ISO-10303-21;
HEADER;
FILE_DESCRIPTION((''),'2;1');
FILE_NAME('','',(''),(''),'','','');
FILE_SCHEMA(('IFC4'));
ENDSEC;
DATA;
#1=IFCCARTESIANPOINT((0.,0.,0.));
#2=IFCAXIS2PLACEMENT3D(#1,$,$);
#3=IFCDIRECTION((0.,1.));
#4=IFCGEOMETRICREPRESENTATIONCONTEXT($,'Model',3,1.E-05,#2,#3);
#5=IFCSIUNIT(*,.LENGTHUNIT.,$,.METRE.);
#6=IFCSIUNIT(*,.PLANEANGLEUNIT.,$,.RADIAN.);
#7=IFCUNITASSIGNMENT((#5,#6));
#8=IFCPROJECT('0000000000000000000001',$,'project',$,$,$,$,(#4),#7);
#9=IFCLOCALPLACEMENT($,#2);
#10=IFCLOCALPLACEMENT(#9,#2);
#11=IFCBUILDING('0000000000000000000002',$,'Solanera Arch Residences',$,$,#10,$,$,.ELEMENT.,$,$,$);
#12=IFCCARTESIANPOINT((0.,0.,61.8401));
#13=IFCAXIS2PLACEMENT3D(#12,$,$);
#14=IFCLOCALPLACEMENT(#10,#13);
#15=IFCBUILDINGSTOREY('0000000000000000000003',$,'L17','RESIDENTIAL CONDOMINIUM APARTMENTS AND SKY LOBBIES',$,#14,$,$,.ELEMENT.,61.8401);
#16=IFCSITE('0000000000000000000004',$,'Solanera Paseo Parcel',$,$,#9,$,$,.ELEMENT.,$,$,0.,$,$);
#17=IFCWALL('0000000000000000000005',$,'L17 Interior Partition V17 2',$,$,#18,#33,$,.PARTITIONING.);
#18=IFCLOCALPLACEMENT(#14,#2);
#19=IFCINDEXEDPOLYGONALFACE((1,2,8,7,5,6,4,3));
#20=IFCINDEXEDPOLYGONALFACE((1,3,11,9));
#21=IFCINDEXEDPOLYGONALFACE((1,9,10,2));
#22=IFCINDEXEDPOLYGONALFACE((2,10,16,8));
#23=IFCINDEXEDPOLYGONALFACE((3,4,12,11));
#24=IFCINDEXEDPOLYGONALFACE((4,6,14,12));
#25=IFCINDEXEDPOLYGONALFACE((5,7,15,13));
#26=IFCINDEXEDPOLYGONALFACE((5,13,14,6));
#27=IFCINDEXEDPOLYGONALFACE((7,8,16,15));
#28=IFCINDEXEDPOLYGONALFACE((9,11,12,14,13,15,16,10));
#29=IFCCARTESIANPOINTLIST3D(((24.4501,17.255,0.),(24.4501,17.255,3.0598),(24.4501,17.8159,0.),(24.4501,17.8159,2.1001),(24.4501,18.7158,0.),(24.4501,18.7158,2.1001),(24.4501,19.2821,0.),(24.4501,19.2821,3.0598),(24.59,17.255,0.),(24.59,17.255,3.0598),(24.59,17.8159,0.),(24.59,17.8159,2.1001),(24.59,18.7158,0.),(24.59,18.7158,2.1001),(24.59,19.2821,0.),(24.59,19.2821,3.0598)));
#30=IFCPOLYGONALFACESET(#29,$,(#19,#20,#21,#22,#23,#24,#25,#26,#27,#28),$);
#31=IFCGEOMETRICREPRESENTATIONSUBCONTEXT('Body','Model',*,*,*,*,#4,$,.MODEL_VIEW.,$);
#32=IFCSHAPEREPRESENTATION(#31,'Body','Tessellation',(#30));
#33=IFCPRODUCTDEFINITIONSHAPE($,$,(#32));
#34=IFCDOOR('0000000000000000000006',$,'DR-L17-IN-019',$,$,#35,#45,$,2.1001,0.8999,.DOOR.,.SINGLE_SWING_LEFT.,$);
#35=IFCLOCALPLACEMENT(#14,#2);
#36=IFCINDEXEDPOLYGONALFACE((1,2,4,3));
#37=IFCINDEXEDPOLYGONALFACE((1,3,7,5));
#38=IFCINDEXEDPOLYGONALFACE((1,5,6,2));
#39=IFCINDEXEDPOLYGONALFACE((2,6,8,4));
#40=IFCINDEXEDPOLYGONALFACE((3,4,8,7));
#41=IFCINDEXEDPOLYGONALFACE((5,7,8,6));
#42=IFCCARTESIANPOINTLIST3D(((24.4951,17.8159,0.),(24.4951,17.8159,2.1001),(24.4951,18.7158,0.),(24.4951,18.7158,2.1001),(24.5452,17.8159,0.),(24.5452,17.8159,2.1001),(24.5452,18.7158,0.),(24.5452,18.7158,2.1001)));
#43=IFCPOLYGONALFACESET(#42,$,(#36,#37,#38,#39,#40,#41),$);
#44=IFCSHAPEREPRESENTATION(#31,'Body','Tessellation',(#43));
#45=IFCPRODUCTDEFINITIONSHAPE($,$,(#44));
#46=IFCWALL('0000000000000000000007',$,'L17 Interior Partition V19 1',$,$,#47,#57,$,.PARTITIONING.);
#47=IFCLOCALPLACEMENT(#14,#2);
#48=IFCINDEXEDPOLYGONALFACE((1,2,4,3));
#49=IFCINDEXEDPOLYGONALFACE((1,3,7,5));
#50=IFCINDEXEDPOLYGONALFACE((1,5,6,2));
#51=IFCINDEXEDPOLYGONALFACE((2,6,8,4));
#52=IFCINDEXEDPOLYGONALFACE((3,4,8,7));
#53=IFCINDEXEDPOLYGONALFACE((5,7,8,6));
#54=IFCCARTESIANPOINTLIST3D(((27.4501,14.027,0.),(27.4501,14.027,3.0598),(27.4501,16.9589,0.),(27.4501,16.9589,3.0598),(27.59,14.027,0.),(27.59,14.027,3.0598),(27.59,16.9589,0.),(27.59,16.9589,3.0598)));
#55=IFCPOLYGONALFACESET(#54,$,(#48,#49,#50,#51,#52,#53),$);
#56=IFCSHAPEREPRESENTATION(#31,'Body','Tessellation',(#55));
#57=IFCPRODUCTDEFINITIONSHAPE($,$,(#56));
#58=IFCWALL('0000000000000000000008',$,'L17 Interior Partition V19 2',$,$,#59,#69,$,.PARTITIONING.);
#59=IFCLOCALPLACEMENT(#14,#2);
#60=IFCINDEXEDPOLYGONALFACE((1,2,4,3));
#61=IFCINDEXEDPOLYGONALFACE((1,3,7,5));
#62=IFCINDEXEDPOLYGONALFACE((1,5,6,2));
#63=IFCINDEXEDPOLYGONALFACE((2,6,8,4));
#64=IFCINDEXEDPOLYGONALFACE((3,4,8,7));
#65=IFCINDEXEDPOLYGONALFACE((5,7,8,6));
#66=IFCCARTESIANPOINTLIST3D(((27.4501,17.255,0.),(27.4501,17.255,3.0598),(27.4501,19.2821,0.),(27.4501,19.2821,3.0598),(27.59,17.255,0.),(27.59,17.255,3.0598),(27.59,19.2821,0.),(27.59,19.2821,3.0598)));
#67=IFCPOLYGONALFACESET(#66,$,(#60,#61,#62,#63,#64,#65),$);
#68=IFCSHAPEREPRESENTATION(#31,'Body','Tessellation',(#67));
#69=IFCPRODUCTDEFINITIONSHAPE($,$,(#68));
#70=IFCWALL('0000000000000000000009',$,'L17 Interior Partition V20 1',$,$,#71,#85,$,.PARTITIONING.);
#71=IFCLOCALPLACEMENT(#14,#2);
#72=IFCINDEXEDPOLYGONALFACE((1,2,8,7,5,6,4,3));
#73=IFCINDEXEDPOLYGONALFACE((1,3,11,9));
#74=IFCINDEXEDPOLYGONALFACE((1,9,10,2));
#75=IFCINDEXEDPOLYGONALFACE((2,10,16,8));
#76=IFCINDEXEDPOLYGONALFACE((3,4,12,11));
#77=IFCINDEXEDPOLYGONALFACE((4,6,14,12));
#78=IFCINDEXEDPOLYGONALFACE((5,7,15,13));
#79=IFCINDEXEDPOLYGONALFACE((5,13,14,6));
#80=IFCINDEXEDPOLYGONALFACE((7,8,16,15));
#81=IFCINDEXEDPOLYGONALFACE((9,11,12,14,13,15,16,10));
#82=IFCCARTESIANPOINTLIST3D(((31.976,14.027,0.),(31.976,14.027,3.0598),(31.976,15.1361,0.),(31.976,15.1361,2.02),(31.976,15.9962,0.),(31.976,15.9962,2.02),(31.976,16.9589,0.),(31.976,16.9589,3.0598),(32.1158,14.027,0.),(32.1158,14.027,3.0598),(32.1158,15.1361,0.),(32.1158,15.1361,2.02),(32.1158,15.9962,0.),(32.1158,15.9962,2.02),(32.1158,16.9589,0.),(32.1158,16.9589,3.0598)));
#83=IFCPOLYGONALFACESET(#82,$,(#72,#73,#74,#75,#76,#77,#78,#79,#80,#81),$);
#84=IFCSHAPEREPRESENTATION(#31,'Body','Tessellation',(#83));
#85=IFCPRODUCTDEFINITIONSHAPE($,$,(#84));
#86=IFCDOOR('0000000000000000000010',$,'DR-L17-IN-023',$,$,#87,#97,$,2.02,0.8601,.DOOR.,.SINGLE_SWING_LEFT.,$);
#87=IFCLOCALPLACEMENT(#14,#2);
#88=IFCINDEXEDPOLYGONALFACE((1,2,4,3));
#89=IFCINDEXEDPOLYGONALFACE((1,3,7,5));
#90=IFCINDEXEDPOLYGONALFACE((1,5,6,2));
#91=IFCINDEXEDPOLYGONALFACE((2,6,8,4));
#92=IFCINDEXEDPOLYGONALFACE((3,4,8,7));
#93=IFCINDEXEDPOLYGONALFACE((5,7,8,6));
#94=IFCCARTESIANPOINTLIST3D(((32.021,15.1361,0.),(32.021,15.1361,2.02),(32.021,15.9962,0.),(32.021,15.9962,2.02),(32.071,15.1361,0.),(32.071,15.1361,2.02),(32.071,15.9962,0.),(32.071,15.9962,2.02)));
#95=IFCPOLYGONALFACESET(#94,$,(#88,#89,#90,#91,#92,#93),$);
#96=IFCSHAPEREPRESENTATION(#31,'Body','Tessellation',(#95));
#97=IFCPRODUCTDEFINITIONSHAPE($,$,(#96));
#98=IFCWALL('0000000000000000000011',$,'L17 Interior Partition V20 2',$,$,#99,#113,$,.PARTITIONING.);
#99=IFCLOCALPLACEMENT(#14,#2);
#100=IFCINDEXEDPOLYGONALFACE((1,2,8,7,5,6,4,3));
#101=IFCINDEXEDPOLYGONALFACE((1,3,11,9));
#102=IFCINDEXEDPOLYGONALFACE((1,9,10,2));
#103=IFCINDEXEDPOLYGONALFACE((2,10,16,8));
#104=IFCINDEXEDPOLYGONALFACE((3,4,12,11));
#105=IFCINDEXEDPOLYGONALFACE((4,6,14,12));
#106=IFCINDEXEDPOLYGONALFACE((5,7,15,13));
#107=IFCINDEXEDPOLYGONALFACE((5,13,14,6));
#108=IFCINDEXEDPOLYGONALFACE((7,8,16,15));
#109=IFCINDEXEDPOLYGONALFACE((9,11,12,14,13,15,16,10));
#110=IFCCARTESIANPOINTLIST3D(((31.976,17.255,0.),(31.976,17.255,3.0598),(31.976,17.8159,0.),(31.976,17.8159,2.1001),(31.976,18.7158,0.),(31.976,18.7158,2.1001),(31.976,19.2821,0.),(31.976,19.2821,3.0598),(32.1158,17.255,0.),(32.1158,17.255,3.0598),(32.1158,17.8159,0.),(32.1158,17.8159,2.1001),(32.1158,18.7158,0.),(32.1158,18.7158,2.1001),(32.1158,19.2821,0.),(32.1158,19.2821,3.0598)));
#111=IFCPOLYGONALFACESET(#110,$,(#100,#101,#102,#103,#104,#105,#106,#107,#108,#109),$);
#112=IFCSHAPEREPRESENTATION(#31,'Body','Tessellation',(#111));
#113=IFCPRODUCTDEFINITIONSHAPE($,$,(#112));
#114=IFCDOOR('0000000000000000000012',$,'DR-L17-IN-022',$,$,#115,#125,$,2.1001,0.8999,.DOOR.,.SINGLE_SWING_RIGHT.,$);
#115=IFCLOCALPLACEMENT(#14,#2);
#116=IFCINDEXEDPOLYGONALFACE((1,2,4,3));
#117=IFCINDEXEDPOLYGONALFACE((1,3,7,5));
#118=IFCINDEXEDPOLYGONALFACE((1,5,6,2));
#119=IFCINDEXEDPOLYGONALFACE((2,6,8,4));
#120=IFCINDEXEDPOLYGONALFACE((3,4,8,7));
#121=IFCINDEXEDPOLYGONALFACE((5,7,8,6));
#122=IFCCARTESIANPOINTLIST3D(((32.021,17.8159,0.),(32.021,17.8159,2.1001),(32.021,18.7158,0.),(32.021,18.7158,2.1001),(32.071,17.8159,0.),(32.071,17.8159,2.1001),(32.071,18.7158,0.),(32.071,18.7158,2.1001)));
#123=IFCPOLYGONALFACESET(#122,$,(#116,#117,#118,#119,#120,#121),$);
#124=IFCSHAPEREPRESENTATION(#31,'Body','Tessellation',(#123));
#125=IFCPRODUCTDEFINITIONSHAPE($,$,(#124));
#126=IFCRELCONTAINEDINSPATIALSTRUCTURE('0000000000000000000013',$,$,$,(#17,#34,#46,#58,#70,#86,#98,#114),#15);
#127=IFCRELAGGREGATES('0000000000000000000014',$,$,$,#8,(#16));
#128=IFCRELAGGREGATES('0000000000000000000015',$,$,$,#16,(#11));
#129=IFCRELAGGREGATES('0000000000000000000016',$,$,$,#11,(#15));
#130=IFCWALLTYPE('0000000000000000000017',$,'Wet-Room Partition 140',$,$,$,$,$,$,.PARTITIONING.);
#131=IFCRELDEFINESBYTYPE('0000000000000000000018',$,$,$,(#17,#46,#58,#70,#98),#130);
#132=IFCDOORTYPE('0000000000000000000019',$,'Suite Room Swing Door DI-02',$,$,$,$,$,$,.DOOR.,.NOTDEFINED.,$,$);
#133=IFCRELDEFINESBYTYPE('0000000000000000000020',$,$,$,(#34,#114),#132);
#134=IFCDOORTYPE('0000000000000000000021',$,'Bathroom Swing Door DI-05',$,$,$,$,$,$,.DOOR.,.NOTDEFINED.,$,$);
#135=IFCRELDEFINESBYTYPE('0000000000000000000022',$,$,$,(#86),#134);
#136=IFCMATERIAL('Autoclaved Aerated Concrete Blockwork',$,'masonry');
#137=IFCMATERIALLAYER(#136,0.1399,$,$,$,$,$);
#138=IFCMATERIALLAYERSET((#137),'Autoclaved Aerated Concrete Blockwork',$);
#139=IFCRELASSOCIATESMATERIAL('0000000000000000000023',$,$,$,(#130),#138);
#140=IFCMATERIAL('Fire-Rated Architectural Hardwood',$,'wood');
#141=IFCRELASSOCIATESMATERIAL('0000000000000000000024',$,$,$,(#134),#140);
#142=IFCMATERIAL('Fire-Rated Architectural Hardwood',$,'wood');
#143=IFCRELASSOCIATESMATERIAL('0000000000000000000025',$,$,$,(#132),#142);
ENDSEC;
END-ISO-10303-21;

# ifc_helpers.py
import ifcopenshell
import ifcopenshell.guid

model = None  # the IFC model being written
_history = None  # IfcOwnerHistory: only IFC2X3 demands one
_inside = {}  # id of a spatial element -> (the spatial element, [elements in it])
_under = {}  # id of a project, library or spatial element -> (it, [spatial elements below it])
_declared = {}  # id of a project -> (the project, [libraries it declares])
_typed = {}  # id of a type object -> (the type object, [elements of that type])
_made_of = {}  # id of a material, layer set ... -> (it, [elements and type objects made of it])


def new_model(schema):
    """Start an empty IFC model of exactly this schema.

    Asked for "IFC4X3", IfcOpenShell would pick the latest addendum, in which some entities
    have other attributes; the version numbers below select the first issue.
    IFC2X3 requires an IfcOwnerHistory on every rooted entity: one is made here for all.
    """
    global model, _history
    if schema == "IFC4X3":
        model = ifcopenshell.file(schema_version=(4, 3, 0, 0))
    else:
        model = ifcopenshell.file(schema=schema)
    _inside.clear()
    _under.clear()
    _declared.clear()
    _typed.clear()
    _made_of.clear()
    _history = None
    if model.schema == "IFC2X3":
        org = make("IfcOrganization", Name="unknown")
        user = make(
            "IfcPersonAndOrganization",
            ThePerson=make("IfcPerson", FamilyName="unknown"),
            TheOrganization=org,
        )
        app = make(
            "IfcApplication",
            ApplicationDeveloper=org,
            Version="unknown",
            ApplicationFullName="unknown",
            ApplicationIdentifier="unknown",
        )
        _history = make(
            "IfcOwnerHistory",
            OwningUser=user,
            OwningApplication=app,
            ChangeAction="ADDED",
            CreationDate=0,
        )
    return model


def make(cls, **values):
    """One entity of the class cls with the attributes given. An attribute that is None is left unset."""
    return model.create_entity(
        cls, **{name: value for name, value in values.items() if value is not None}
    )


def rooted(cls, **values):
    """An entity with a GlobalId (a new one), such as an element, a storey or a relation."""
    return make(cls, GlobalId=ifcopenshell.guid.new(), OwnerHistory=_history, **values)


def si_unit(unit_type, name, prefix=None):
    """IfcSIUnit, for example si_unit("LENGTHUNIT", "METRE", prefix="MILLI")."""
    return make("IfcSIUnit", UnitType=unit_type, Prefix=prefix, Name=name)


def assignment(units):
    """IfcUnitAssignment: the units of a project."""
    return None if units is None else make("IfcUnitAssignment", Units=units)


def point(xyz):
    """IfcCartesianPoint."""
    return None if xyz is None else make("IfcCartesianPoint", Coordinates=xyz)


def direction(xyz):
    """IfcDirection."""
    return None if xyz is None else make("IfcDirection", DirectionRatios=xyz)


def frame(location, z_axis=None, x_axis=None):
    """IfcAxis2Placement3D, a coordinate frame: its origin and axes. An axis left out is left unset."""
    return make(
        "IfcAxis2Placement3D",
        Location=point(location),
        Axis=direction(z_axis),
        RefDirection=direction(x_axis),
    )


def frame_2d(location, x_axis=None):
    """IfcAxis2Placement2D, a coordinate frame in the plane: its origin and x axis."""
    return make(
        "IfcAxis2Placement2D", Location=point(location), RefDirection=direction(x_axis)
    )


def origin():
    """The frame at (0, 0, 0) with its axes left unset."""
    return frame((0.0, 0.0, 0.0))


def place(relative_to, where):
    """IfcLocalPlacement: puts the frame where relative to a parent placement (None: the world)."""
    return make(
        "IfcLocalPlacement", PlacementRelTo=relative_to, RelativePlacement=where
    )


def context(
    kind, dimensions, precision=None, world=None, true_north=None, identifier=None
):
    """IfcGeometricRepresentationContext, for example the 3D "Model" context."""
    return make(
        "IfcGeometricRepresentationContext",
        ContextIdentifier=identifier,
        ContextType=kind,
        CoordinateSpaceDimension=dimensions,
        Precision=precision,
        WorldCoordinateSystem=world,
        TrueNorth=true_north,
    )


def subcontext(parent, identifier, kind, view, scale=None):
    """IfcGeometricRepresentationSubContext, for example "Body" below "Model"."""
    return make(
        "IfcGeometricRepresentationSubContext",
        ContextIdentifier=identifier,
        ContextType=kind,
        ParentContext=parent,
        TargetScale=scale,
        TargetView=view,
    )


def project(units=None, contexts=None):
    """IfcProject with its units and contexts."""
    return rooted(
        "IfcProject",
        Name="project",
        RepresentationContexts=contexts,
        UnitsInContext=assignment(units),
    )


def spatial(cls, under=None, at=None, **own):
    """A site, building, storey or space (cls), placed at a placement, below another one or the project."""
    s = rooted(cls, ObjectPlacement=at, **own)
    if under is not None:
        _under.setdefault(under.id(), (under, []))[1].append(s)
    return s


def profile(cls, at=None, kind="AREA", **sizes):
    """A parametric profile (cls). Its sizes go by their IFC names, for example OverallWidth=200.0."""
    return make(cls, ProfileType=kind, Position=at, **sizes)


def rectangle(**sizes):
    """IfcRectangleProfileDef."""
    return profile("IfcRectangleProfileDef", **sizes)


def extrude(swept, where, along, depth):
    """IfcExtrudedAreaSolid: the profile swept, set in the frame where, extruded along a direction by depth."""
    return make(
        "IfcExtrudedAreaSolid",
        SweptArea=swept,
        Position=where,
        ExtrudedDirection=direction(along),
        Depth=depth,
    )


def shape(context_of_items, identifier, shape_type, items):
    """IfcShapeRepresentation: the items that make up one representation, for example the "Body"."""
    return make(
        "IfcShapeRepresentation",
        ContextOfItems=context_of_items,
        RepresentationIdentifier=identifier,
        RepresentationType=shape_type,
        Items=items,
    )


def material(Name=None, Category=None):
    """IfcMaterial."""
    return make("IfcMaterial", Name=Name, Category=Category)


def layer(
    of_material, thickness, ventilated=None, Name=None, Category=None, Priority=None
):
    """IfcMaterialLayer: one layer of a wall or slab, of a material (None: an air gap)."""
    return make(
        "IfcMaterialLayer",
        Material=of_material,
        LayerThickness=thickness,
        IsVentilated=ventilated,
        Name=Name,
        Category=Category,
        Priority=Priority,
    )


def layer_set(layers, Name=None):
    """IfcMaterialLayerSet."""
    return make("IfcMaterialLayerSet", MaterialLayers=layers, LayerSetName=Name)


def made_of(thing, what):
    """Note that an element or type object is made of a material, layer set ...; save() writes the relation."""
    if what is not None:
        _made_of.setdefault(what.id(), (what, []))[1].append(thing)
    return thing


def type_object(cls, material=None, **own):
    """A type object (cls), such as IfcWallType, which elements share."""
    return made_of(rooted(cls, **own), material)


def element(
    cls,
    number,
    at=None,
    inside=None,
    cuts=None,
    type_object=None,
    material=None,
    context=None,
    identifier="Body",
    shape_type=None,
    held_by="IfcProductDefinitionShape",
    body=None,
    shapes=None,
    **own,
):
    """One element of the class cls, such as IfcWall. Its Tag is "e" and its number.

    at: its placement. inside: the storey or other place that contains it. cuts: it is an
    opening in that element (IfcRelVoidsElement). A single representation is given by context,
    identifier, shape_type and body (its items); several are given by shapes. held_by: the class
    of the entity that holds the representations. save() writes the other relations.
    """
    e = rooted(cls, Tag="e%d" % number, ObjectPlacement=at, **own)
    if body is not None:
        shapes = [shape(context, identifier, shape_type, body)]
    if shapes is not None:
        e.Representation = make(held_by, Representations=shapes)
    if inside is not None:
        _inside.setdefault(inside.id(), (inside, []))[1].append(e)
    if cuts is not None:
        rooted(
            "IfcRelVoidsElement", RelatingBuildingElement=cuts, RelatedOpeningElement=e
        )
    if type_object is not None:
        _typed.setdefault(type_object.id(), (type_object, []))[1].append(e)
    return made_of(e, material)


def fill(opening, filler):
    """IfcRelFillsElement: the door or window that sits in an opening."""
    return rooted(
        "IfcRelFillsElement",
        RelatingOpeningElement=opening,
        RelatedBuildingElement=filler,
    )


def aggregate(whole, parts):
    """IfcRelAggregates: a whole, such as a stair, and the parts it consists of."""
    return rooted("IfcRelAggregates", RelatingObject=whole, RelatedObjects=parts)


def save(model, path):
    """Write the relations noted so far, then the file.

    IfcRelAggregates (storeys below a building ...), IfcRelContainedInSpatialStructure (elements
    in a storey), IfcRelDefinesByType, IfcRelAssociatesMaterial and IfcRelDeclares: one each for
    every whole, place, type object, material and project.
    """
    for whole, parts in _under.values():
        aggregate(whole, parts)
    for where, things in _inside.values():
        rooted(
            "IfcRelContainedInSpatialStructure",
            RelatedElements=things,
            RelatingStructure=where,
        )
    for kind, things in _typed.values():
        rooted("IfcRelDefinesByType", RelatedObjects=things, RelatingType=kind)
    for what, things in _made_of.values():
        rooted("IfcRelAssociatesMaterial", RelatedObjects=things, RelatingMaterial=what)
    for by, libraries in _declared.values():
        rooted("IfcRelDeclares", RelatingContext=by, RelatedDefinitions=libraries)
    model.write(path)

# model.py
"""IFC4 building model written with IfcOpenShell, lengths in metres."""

from ifc_helpers import new_model, si_unit, direction, frame, frame_2d, origin, place, context, subcontext, project, spatial, rectangle, extrude, material, layer, layer_set, type_object, element, fill, save


model = new_model("IFC4")

# Units and contexts
model_context = context("Model", 3, precision=1e-05, world=origin(), true_north=direction((0.0, 1.0)))
body_context = subcontext(model_context, "Body", "Model", "MODEL_VIEW")
ifc_project = project(units=[si_unit("LENGTHUNIT", "METRE"), si_unit("PLANEANGLEUNIT", "RADIAN")], contexts=[model_context])

# Site, building, storey
site_placement = place(None, origin())
site = spatial("IfcSite", under=ifc_project, at=site_placement, Name="Solanera Paseo Parcel", CompositionType="ELEMENT", RefElevation=0.0)
building_placement = place(site_placement, origin())
building = spatial("IfcBuilding", under=site, at=building_placement, Name="Solanera Arch Residences", CompositionType="ELEMENT")
storey_placement = place(building_placement, frame((0.0, 0.0, 61.8401)))
storey = spatial("IfcBuildingStorey", under=building, at=storey_placement, Name="L17", Description="RESIDENTIAL CONDOMINIUM APARTMENTS AND SKY LOBBIES", CompositionType="ELEMENT", Elevation=61.8401)

# Shared definitions
ifc_material_1 = material(Name="Autoclaved Aerated Concrete Blockwork", Category="masonry")
ifc_layer_1 = layer(ifc_material_1, 0.1399)
ifc_layer_set_1 = layer_set([ifc_layer_1], Name="Autoclaved Aerated Concrete Blockwork")
wall_type_1 = type_object("IfcWallType", Name="Wet-Room Partition 140", PredefinedType="PARTITIONING", material=ifc_layer_set_1)

# Wall, opening, door
ifc_material_2 = material(Name="Fire-Rated Architectural Hardwood", Category="wood")
door_type_1 = type_object("IfcDoorType", Name="Bathroom Swing Door DI-05", OperationType="NOTDEFINED", PredefinedType="DOOR", material=ifc_material_2)
wall_1_placement = place(storey_placement, frame((24.52, 17.2549, 0.0), z_axis=(0.0, 0.0, 1.0), x_axis=(0.0, 1.0, 0.0)))
wall_1 = element("IfcWall", 1, at=wall_1_placement, inside=storey, type_object=wall_type_1, Name="L17 Interior Partition V17 2", PredefinedType="PARTITIONING", context=body_context, shape_type="SweptSolid", body=[
    extrude(rectangle(XDim=2.0271, YDim=0.1399, at=frame_2d((1.0137, 0.0))), origin(), (0.0, 0.0, 1.0), 3.0598),
])
opening_1_placement = place(wall_1_placement, frame((0.561, 0.0, 0.0)))
opening_1 = element("IfcOpeningElement", 2, at=opening_1_placement, cuts=wall_1, PredefinedType="OPENING", context=body_context, shape_type="SweptSolid", body=[
    extrude(rectangle(XDim=0.8999, YDim=2.1001, at=frame_2d((0.45, 1.05))), frame((0.0, 0.0798, 0.0), z_axis=(0.0, -1.0, 0.0), x_axis=(1.0, 0.0, 0.0)), (0.0, 0.0, 1.0), 0.1599),
])
ifc_material_3 = material(Name="Fire-Rated Architectural Hardwood", Category="wood")
door_type_2 = type_object("IfcDoorType", Name="Suite Room Swing Door DI-02", OperationType="NOTDEFINED", PredefinedType="DOOR", material=ifc_material_3)
door_1_placement = place(opening_1_placement, origin())
door_1 = element("IfcDoor", 3, at=door_1_placement, inside=storey, type_object=door_type_2, Name="DR-L17-IN-019", OperationType="SINGLE_SWING_LEFT", OverallHeight=2.1001, OverallWidth=0.8999, PredefinedType="DOOR", context=body_context, shape_type="SweptSolid", body=[
    extrude(rectangle(XDim=0.8999, YDim=2.1001, at=frame_2d((0.45, 1.05))), frame((0.0, 0.0249, 0.0), z_axis=(0.0, -1.0, 0.0), x_axis=(1.0, 0.0, 0.0)), (0.0, 0.0, 1.0), 0.05),
])
fill(opening_1, door_1)

# Walls
wall_2_placement = place(storey_placement, frame((27.52, 14.0271, 0.0), z_axis=(0.0, 0.0, 1.0), x_axis=(0.0, 1.0, 0.0)))
element("IfcWall", 4, at=wall_2_placement, inside=storey, type_object=wall_type_1, Name="L17 Interior Partition V19 1", PredefinedType="PARTITIONING", context=body_context, shape_type="SweptSolid", body=[
    extrude(rectangle(XDim=2.9319, YDim=0.1399, at=frame_2d((1.4658, 0.0))), origin(), (0.0, 0.0, 1.0), 3.0598),
])
wall_3_placement = place(storey_placement, frame((27.52, 17.2549, 0.0), z_axis=(0.0, 0.0, 1.0), x_axis=(0.0, 1.0, 0.0)))
element("IfcWall", 5, at=wall_3_placement, inside=storey, type_object=wall_type_1, Name="L17 Interior Partition V19 2", PredefinedType="PARTITIONING", context=body_context, shape_type="SweptSolid", body=[
    extrude(rectangle(XDim=2.0271, YDim=0.1399, at=frame_2d((1.0137, 0.0))), origin(), (0.0, 0.0, 1.0), 3.0598),
])

# Walls, openings, doors
wall_4_placement = place(storey_placement, frame((32.0459, 14.0271, 0.0), z_axis=(0.0, 0.0, 1.0), x_axis=(0.0, 1.0, 0.0)))
wall_4 = element("IfcWall", 6, at=wall_4_placement, inside=storey, type_object=wall_type_1, Name="L17 Interior Partition V20 1", PredefinedType="PARTITIONING", context=body_context, shape_type="SweptSolid", body=[
    extrude(rectangle(XDim=2.9319, YDim=0.1399, at=frame_2d((1.4658, 0.0))), origin(), (0.0, 0.0, 1.0), 3.0598),
])
opening_2_placement = place(wall_4_placement, frame((1.1089, 0.0, 0.0)))
opening_2 = element("IfcOpeningElement", 7, at=opening_2_placement, cuts=wall_4, PredefinedType="OPENING", context=body_context, shape_type="SweptSolid", body=[
    extrude(rectangle(XDim=0.8601, YDim=2.02, at=frame_2d((0.4302, 1.01))), frame((0.0, 0.0798, 0.0), z_axis=(0.0, -1.0, 0.0), x_axis=(1.0, 0.0, 0.0)), (0.0, 0.0, 1.0), 0.1599),
])
door_2_placement = place(opening_2_placement, origin())
door_2 = element("IfcDoor", 8, at=door_2_placement, inside=storey, type_object=door_type_1, Name="DR-L17-IN-023", OperationType="SINGLE_SWING_LEFT", OverallHeight=2.02, OverallWidth=0.8601, PredefinedType="DOOR", context=body_context, shape_type="SweptSolid", body=[
    extrude(rectangle(XDim=0.8601, YDim=2.02, at=frame_2d((0.4302, 1.01))), frame((0.0, 0.0249, 0.0), z_axis=(0.0, -1.0, 0.0), x_axis=(1.0, 0.0, 0.0)), (0.0, 0.0, 1.0), 0.05),
])
fill(opening_2, door_2)
wall_5_placement = place(storey_placement, frame((32.0459, 17.2549, 0.0), z_axis=(0.0, 0.0, 1.0), x_axis=(0.0, 1.0, 0.0)))
wall_5 = element("IfcWall", 9, at=wall_5_placement, inside=storey, type_object=wall_type_1, Name="L17 Interior Partition V20 2", PredefinedType="PARTITIONING", context=body_context, shape_type="SweptSolid", body=[
    extrude(rectangle(XDim=2.0271, YDim=0.1399, at=frame_2d((1.0137, 0.0))), origin(), (0.0, 0.0, 1.0), 3.0598),
])
opening_3_placement = place(wall_5_placement, frame((0.561, 0.0, 0.0)))
opening_3 = element("IfcOpeningElement", 10, at=opening_3_placement, cuts=wall_5, PredefinedType="OPENING", context=body_context, shape_type="SweptSolid", body=[
    extrude(rectangle(XDim=0.8999, YDim=2.1001, at=frame_2d((0.45, 1.05))), frame((0.0, 0.0798, 0.0), z_axis=(0.0, -1.0, 0.0), x_axis=(1.0, 0.0, 0.0)), (0.0, 0.0, 1.0), 0.1599),
])
door_3_placement = place(opening_3_placement, origin())
door_3 = element("IfcDoor", 11, at=door_3_placement, inside=storey, type_object=door_type_2, Name="DR-L17-IN-022", OperationType="SINGLE_SWING_RIGHT", OverallHeight=2.1001, OverallWidth=0.8999, PredefinedType="DOOR", context=body_context, shape_type="SweptSolid", body=[
    extrude(rectangle(XDim=0.8999, YDim=2.1001, at=frame_2d((0.45, 1.05))), frame((0.0, 0.0249, 0.0), z_axis=(0.0, -1.0, 0.0), x_axis=(1.0, 0.0, 0.0)), (0.0, 0.0, 1.0), 0.05),
])
fill(opening_3, door_3)

save(model, "model.ifc")
